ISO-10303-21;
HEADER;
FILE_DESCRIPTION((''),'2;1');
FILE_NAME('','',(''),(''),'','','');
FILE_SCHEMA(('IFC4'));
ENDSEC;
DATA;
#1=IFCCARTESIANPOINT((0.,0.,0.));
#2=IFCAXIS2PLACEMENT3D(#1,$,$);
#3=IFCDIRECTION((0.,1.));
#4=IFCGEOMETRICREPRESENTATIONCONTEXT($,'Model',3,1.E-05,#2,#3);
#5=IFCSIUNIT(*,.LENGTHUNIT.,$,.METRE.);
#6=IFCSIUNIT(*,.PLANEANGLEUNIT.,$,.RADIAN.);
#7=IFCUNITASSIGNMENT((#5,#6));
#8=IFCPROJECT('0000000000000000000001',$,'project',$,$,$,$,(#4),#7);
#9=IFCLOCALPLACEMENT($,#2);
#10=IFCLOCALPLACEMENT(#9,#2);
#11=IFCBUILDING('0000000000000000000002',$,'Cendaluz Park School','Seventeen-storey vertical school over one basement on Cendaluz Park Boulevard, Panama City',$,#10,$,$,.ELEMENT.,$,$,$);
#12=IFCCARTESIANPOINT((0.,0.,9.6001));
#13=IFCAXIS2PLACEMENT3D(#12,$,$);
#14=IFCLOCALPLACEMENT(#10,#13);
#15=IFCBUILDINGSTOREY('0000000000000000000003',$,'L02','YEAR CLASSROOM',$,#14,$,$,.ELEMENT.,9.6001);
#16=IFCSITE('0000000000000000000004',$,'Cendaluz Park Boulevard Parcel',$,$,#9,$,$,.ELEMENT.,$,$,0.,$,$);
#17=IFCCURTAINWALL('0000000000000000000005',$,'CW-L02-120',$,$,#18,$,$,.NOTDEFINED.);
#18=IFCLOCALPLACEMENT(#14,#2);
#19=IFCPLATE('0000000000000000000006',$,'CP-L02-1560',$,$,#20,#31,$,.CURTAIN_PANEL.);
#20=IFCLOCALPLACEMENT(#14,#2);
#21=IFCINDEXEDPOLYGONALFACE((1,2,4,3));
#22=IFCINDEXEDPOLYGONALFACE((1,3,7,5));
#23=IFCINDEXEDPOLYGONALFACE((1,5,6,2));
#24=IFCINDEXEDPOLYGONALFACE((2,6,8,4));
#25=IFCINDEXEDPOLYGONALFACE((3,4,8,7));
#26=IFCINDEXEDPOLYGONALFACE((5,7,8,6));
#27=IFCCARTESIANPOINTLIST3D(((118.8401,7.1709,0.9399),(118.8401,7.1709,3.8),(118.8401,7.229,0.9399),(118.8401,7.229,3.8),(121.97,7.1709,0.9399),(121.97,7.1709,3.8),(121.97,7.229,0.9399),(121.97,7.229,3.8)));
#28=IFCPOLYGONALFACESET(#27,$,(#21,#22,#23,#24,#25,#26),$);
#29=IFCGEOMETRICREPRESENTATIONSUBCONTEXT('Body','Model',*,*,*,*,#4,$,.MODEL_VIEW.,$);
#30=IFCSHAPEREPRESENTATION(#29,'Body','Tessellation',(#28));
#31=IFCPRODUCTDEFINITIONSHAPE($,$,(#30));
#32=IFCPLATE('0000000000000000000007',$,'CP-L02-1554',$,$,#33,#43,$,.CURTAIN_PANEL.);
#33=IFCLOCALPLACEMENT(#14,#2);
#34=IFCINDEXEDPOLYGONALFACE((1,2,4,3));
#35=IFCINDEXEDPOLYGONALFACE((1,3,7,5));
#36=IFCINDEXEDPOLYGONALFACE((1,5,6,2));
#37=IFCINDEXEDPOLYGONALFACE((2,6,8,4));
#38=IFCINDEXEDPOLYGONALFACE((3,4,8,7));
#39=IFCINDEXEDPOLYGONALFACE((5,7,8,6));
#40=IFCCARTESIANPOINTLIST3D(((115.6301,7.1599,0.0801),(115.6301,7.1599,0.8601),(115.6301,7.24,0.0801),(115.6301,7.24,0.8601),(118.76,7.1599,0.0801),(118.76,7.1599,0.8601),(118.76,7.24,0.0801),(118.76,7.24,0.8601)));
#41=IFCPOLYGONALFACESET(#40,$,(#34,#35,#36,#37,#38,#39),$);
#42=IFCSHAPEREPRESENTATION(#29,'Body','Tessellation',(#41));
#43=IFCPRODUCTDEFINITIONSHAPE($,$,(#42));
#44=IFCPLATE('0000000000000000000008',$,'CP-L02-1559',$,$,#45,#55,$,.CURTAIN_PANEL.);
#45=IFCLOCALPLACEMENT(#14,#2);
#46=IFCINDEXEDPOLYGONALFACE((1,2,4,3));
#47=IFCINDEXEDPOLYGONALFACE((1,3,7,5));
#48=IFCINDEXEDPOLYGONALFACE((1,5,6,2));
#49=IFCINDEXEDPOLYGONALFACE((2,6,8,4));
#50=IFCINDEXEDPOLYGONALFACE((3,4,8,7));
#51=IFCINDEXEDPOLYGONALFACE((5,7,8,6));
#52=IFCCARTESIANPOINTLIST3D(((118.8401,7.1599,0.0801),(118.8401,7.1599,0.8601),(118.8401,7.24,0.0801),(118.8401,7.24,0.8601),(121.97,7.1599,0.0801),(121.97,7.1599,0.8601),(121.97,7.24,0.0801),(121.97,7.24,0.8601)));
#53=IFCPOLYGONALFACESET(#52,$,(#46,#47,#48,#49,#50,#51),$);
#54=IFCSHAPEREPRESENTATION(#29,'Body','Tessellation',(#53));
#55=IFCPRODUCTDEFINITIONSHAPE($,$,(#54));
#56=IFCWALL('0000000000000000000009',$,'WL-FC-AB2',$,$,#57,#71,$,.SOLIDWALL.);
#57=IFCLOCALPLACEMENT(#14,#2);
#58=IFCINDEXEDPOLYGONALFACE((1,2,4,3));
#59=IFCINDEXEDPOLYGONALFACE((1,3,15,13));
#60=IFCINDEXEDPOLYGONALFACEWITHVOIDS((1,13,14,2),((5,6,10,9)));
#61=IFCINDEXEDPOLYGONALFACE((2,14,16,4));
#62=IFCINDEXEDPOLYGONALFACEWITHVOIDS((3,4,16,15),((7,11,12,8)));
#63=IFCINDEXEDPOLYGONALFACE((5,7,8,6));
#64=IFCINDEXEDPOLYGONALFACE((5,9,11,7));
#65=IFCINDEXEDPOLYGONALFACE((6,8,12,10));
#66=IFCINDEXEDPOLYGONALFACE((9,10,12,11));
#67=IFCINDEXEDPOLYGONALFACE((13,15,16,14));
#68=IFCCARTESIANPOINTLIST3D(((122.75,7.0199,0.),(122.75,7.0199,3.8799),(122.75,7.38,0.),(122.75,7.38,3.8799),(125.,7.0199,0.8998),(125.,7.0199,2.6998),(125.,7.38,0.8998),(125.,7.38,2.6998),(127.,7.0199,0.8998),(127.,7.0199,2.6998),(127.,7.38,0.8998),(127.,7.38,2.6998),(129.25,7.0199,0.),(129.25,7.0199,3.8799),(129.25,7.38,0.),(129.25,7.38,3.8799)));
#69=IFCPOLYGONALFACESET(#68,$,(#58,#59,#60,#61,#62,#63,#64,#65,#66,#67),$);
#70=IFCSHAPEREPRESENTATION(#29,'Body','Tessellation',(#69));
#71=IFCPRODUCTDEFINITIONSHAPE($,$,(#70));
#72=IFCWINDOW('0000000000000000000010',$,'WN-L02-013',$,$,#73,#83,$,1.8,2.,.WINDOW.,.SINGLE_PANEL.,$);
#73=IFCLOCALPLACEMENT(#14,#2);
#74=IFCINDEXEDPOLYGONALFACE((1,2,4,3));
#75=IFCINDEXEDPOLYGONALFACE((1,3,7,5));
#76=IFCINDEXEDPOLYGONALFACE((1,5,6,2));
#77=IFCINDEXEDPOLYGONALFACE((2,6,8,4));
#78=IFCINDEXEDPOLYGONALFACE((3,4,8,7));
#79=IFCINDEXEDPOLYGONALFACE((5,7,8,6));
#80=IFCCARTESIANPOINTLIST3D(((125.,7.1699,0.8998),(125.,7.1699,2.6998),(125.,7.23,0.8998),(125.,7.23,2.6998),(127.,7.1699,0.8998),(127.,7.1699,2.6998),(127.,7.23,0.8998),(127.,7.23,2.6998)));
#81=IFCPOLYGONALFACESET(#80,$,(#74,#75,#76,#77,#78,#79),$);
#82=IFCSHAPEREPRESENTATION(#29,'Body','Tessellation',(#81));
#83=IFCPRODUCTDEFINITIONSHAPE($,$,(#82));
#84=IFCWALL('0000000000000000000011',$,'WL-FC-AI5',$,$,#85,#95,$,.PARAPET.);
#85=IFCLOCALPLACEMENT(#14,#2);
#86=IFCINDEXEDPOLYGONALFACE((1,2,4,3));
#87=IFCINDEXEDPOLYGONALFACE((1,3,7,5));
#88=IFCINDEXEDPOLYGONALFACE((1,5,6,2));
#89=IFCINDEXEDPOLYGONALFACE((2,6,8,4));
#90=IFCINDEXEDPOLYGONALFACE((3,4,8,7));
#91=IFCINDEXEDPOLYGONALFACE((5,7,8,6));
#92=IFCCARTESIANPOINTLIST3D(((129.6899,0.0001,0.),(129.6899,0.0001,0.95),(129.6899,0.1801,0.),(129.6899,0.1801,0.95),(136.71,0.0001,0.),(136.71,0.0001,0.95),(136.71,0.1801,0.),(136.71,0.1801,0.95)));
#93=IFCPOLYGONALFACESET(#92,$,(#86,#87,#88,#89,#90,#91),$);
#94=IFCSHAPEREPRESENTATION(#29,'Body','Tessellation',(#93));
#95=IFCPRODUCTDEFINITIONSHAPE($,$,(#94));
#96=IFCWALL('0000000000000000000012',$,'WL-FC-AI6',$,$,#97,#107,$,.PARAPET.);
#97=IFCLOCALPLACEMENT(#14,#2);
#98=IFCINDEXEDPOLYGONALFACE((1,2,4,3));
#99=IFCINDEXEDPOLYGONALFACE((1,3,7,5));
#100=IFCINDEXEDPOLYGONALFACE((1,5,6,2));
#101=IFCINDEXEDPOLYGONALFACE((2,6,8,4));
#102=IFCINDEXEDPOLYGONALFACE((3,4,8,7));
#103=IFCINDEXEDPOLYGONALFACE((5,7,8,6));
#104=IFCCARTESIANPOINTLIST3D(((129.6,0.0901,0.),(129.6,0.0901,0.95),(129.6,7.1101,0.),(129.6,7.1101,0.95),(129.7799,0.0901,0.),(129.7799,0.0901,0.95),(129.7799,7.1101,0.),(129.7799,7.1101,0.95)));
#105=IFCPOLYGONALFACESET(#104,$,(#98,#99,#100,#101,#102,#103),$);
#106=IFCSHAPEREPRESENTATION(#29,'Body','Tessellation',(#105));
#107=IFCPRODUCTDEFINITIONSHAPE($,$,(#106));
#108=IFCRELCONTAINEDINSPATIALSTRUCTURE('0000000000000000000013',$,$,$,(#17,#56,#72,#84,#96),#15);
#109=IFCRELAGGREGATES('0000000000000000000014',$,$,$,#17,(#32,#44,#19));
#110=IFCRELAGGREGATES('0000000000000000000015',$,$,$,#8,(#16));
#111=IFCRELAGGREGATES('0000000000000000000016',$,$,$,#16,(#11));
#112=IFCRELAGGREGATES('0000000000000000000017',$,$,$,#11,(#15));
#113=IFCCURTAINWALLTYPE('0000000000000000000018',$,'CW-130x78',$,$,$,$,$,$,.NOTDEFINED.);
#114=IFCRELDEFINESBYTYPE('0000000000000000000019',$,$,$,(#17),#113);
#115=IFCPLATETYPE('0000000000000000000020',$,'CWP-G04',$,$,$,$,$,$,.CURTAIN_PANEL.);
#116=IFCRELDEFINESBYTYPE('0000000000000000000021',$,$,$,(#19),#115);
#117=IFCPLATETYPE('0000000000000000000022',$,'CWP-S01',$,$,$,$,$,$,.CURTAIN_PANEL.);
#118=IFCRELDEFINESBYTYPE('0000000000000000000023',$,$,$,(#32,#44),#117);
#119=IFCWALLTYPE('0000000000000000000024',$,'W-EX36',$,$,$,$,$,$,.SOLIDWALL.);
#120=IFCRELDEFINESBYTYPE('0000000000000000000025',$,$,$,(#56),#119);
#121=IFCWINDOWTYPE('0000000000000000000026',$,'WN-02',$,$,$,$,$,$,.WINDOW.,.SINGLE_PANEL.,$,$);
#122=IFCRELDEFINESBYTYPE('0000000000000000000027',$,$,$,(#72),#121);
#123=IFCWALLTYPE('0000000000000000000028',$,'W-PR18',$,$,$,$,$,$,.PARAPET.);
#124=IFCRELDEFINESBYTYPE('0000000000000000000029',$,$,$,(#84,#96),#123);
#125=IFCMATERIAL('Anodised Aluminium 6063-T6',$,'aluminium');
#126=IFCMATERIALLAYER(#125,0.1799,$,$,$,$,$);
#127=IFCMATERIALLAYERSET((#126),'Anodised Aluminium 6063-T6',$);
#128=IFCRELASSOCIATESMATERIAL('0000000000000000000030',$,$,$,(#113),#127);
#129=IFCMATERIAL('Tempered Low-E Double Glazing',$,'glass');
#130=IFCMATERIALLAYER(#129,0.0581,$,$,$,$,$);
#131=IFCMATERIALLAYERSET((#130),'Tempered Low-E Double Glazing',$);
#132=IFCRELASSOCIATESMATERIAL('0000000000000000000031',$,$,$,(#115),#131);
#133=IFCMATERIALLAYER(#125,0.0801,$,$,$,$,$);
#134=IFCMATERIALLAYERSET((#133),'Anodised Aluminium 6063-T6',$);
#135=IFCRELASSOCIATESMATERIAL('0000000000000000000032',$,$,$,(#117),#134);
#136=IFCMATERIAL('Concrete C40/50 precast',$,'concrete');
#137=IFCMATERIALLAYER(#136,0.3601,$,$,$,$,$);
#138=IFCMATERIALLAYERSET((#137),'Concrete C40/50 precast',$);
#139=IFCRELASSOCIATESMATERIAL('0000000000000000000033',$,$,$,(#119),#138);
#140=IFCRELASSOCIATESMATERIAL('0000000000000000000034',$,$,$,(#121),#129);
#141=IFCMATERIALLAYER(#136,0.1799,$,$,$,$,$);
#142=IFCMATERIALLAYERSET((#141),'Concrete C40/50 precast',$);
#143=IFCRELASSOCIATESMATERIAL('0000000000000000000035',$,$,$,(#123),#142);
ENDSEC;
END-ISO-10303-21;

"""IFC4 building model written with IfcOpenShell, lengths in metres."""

from ifc_helpers import new_model, si_unit, direction, frame, frame_2d, origin, origin_2d, place, context, subcontext, project, spatial, rectangle, extrude, material, layer, layer_set, type_object, element, fill, aggregate, save


model = new_model("IFC4")

# Units and contexts
model_context = context("Model", 3, precision=1e-05, world=origin(), true_north=direction((0.0, 1.0)))
body_context = subcontext(model_context, "Body", "Model", "MODEL_VIEW")
ifc_project = project(units=[si_unit("LENGTHUNIT", "METRE"), si_unit("PLANEANGLEUNIT", "RADIAN")], contexts=[model_context])

# Site, building, storey
site_placement = place(None, origin())
site = spatial("IfcSite", under=ifc_project, at=site_placement, Name="Cendaluz Park Boulevard Parcel", CompositionType="ELEMENT", RefElevation=0.0)
building_placement = place(site_placement, origin())
building = spatial("IfcBuilding", under=site, at=building_placement, Name="Cendaluz Park School", Description="Seventeen-storey vertical school over one basement on Cendaluz Park Boulevard, Panama City", CompositionType="ELEMENT")
storey_placement = place(building_placement, frame((0.0, 0.0, 9.6001)))
storey = spatial("IfcBuildingStorey", under=building, at=storey_placement, Name="L02", Description="YEAR CLASSROOM", CompositionType="ELEMENT", Elevation=9.6001)

# Curtain wall
ifc_material_1 = material(Name="Anodised Aluminium 6063-T6", Category="aluminium")
ifc_layer_1 = layer(ifc_material_1, 0.1799)
ifc_layer_set_1 = layer_set([ifc_layer_1], Name="Anodised Aluminium 6063-T6")
curtain_wall_type_1 = type_object("IfcCurtainWallType", Name="CW-130x78", PredefinedType="NOTDEFINED", material=ifc_layer_set_1)
curtain_wall_1_placement = place(storey_placement, origin())
curtain_wall_1 = element("IfcCurtainWall", 1, at=curtain_wall_1_placement, inside=storey, type_object=curtain_wall_type_1, Name="CW-L02-120", PredefinedType="NOTDEFINED")

# Plates
ifc_material_2 = material(Name="Tempered Low-E Double Glazing", Category="glass")
ifc_layer_2 = layer(ifc_material_2, 0.0581)
ifc_layer_set_2 = layer_set([ifc_layer_2], Name="Tempered Low-E Double Glazing")
plate_type_1 = type_object("IfcPlateType", Name="CWP-G04", PredefinedType="CURTAIN_PANEL", material=ifc_layer_set_2)
plate_1_placement = place(storey_placement, frame((120.405, 7.2, 0.9399), z_axis=(0.0, 0.0, 1.0), x_axis=(1.0, 0.0, 0.0)))
plate_1 = element("IfcPlate", 2, at=plate_1_placement, type_object=plate_type_1, Name="CP-L02-1560", PredefinedType="CURTAIN_PANEL", context=body_context, shape_type="SweptSolid", body=[
    extrude(rectangle(XDim=3.1299, YDim=0.0581, at=origin_2d()), origin(), (0.0, 0.0, 1.0), 2.8601),
])
ifc_layer_3 = layer(ifc_material_1, 0.0801)
ifc_layer_set_3 = layer_set([ifc_layer_3], Name="Anodised Aluminium 6063-T6")
plate_type_2 = type_object("IfcPlateType", Name="CWP-S01", PredefinedType="CURTAIN_PANEL", material=ifc_layer_set_3)
plate_2_placement = place(storey_placement, frame((117.1951, 7.2, 0.0801), z_axis=(0.0, 0.0, 1.0), x_axis=(1.0, 0.0, 0.0)))
plate_2 = element("IfcPlate", 3, at=plate_2_placement, type_object=plate_type_2, Name="CP-L02-1554", PredefinedType="CURTAIN_PANEL", context=body_context, shape_type="SweptSolid", body=[
    extrude(rectangle(XDim=3.1299, YDim=0.0801, at=origin_2d()), origin(), (0.0, 0.0, 1.0), 0.78),
])
plate_3_placement = place(storey_placement, frame((120.405, 7.2, 0.0801), z_axis=(0.0, 0.0, 1.0), x_axis=(1.0, 0.0, 0.0)))
plate_3 = element("IfcPlate", 4, at=plate_3_placement, type_object=plate_type_2, Name="CP-L02-1559", PredefinedType="CURTAIN_PANEL", context=body_context, shape_type="SweptSolid", body=[
    extrude(rectangle(XDim=3.1299, YDim=0.0801, at=origin_2d()), origin(), (0.0, 0.0, 1.0), 0.78),
])
aggregate(curtain_wall_1, [plate_2, plate_3, plate_1])

# Wall, opening, window
ifc_material_3 = material(Name="Concrete C40/50 precast", Category="concrete")
ifc_layer_4 = layer(ifc_material_3, 0.3601)
ifc_layer_set_4 = layer_set([ifc_layer_4], Name="Concrete C40/50 precast")
wall_type_1 = type_object("IfcWallType", Name="W-EX36", PredefinedType="SOLIDWALL", material=ifc_layer_set_4)
wall_placement = place(storey_placement, frame((122.75, 7.2, 0.0), z_axis=(0.0, 0.0, 1.0), x_axis=(1.0, 0.0, 0.0)))
wall = element("IfcWall", 5, at=wall_placement, inside=storey, type_object=wall_type_1, Name="WL-FC-AB2", PredefinedType="SOLIDWALL", context=body_context, shape_type="SweptSolid", body=[
    extrude(rectangle(XDim=6.5, YDim=0.3601, at=frame_2d((3.25, 0.0))), origin(), (0.0, 0.0, 1.0), 3.8799),
])
opening_placement = place(wall_placement, frame((2.25, 0.0, 0.8999)))
opening = element("IfcOpeningElement", 6, at=opening_placement, cuts=wall, PredefinedType="OPENING", context=body_context, shape_type="SweptSolid", body=[
    extrude(rectangle(XDim=2.0, YDim=1.8, at=frame_2d((1.0, 0.8999))), frame((0.0, 0.1921, 0.0), z_axis=(0.0, -1.0, 0.0), x_axis=(1.0, 0.0, 0.0)), (0.0, 0.0, 1.0), 0.384),
])
window_type = type_object("IfcWindowType", Name="WN-02", PartitioningType="SINGLE_PANEL", PredefinedType="WINDOW", material=ifc_material_2)
window_placement = place(opening_placement, origin())
window = element("IfcWindow", 7, at=window_placement, inside=storey, type_object=window_type, Name="WN-L02-013", OverallHeight=1.8, OverallWidth=2.0, PartitioningType="SINGLE_PANEL", PredefinedType="WINDOW", context=body_context, shape_type="SweptSolid", body=[
    extrude(rectangle(XDim=2.0, YDim=1.8, at=frame_2d((1.0, 0.8999))), frame((0.0, 0.03, 0.0), z_axis=(0.0, -1.0, 0.0), x_axis=(1.0, 0.0, 0.0)), (0.0, 0.0, 1.0), 0.0601),
])
fill(opening, window)

# Walls
ifc_layer_5 = layer(ifc_material_3, 0.1799)
ifc_layer_set_5 = layer_set([ifc_layer_5], Name="Concrete C40/50 precast")
wall_type_2 = type_object("IfcWallType", Name="W-PR18", PredefinedType="PARAPET", material=ifc_layer_set_5)
for number, where, z_axis, x_axis, name in (
    (8, (129.6899, 0.0901, 0.0), (0.0, 0.0, 1.0), (1.0, 0.0, 0.0), "WL-FC-AI5"),
    (9, (129.6899, 0.0901, 0.0), (0.0, 0.0, 1.0), (0.0, 1.0, 0.0), "WL-FC-AI6"),
):
    element("IfcWall", number, at=place(storey_placement, frame(where, z_axis=z_axis, x_axis=x_axis)), inside=storey, type_object=wall_type_2, Name=name, PredefinedType="PARAPET", context=body_context, shape_type="SweptSolid", body=[
        extrude(rectangle(XDim=7.02, YDim=0.1799, at=frame_2d((3.51, 0.0))), origin(), (0.0, 0.0, 1.0), 0.95),
    ])

save(model, "model.ifc")
